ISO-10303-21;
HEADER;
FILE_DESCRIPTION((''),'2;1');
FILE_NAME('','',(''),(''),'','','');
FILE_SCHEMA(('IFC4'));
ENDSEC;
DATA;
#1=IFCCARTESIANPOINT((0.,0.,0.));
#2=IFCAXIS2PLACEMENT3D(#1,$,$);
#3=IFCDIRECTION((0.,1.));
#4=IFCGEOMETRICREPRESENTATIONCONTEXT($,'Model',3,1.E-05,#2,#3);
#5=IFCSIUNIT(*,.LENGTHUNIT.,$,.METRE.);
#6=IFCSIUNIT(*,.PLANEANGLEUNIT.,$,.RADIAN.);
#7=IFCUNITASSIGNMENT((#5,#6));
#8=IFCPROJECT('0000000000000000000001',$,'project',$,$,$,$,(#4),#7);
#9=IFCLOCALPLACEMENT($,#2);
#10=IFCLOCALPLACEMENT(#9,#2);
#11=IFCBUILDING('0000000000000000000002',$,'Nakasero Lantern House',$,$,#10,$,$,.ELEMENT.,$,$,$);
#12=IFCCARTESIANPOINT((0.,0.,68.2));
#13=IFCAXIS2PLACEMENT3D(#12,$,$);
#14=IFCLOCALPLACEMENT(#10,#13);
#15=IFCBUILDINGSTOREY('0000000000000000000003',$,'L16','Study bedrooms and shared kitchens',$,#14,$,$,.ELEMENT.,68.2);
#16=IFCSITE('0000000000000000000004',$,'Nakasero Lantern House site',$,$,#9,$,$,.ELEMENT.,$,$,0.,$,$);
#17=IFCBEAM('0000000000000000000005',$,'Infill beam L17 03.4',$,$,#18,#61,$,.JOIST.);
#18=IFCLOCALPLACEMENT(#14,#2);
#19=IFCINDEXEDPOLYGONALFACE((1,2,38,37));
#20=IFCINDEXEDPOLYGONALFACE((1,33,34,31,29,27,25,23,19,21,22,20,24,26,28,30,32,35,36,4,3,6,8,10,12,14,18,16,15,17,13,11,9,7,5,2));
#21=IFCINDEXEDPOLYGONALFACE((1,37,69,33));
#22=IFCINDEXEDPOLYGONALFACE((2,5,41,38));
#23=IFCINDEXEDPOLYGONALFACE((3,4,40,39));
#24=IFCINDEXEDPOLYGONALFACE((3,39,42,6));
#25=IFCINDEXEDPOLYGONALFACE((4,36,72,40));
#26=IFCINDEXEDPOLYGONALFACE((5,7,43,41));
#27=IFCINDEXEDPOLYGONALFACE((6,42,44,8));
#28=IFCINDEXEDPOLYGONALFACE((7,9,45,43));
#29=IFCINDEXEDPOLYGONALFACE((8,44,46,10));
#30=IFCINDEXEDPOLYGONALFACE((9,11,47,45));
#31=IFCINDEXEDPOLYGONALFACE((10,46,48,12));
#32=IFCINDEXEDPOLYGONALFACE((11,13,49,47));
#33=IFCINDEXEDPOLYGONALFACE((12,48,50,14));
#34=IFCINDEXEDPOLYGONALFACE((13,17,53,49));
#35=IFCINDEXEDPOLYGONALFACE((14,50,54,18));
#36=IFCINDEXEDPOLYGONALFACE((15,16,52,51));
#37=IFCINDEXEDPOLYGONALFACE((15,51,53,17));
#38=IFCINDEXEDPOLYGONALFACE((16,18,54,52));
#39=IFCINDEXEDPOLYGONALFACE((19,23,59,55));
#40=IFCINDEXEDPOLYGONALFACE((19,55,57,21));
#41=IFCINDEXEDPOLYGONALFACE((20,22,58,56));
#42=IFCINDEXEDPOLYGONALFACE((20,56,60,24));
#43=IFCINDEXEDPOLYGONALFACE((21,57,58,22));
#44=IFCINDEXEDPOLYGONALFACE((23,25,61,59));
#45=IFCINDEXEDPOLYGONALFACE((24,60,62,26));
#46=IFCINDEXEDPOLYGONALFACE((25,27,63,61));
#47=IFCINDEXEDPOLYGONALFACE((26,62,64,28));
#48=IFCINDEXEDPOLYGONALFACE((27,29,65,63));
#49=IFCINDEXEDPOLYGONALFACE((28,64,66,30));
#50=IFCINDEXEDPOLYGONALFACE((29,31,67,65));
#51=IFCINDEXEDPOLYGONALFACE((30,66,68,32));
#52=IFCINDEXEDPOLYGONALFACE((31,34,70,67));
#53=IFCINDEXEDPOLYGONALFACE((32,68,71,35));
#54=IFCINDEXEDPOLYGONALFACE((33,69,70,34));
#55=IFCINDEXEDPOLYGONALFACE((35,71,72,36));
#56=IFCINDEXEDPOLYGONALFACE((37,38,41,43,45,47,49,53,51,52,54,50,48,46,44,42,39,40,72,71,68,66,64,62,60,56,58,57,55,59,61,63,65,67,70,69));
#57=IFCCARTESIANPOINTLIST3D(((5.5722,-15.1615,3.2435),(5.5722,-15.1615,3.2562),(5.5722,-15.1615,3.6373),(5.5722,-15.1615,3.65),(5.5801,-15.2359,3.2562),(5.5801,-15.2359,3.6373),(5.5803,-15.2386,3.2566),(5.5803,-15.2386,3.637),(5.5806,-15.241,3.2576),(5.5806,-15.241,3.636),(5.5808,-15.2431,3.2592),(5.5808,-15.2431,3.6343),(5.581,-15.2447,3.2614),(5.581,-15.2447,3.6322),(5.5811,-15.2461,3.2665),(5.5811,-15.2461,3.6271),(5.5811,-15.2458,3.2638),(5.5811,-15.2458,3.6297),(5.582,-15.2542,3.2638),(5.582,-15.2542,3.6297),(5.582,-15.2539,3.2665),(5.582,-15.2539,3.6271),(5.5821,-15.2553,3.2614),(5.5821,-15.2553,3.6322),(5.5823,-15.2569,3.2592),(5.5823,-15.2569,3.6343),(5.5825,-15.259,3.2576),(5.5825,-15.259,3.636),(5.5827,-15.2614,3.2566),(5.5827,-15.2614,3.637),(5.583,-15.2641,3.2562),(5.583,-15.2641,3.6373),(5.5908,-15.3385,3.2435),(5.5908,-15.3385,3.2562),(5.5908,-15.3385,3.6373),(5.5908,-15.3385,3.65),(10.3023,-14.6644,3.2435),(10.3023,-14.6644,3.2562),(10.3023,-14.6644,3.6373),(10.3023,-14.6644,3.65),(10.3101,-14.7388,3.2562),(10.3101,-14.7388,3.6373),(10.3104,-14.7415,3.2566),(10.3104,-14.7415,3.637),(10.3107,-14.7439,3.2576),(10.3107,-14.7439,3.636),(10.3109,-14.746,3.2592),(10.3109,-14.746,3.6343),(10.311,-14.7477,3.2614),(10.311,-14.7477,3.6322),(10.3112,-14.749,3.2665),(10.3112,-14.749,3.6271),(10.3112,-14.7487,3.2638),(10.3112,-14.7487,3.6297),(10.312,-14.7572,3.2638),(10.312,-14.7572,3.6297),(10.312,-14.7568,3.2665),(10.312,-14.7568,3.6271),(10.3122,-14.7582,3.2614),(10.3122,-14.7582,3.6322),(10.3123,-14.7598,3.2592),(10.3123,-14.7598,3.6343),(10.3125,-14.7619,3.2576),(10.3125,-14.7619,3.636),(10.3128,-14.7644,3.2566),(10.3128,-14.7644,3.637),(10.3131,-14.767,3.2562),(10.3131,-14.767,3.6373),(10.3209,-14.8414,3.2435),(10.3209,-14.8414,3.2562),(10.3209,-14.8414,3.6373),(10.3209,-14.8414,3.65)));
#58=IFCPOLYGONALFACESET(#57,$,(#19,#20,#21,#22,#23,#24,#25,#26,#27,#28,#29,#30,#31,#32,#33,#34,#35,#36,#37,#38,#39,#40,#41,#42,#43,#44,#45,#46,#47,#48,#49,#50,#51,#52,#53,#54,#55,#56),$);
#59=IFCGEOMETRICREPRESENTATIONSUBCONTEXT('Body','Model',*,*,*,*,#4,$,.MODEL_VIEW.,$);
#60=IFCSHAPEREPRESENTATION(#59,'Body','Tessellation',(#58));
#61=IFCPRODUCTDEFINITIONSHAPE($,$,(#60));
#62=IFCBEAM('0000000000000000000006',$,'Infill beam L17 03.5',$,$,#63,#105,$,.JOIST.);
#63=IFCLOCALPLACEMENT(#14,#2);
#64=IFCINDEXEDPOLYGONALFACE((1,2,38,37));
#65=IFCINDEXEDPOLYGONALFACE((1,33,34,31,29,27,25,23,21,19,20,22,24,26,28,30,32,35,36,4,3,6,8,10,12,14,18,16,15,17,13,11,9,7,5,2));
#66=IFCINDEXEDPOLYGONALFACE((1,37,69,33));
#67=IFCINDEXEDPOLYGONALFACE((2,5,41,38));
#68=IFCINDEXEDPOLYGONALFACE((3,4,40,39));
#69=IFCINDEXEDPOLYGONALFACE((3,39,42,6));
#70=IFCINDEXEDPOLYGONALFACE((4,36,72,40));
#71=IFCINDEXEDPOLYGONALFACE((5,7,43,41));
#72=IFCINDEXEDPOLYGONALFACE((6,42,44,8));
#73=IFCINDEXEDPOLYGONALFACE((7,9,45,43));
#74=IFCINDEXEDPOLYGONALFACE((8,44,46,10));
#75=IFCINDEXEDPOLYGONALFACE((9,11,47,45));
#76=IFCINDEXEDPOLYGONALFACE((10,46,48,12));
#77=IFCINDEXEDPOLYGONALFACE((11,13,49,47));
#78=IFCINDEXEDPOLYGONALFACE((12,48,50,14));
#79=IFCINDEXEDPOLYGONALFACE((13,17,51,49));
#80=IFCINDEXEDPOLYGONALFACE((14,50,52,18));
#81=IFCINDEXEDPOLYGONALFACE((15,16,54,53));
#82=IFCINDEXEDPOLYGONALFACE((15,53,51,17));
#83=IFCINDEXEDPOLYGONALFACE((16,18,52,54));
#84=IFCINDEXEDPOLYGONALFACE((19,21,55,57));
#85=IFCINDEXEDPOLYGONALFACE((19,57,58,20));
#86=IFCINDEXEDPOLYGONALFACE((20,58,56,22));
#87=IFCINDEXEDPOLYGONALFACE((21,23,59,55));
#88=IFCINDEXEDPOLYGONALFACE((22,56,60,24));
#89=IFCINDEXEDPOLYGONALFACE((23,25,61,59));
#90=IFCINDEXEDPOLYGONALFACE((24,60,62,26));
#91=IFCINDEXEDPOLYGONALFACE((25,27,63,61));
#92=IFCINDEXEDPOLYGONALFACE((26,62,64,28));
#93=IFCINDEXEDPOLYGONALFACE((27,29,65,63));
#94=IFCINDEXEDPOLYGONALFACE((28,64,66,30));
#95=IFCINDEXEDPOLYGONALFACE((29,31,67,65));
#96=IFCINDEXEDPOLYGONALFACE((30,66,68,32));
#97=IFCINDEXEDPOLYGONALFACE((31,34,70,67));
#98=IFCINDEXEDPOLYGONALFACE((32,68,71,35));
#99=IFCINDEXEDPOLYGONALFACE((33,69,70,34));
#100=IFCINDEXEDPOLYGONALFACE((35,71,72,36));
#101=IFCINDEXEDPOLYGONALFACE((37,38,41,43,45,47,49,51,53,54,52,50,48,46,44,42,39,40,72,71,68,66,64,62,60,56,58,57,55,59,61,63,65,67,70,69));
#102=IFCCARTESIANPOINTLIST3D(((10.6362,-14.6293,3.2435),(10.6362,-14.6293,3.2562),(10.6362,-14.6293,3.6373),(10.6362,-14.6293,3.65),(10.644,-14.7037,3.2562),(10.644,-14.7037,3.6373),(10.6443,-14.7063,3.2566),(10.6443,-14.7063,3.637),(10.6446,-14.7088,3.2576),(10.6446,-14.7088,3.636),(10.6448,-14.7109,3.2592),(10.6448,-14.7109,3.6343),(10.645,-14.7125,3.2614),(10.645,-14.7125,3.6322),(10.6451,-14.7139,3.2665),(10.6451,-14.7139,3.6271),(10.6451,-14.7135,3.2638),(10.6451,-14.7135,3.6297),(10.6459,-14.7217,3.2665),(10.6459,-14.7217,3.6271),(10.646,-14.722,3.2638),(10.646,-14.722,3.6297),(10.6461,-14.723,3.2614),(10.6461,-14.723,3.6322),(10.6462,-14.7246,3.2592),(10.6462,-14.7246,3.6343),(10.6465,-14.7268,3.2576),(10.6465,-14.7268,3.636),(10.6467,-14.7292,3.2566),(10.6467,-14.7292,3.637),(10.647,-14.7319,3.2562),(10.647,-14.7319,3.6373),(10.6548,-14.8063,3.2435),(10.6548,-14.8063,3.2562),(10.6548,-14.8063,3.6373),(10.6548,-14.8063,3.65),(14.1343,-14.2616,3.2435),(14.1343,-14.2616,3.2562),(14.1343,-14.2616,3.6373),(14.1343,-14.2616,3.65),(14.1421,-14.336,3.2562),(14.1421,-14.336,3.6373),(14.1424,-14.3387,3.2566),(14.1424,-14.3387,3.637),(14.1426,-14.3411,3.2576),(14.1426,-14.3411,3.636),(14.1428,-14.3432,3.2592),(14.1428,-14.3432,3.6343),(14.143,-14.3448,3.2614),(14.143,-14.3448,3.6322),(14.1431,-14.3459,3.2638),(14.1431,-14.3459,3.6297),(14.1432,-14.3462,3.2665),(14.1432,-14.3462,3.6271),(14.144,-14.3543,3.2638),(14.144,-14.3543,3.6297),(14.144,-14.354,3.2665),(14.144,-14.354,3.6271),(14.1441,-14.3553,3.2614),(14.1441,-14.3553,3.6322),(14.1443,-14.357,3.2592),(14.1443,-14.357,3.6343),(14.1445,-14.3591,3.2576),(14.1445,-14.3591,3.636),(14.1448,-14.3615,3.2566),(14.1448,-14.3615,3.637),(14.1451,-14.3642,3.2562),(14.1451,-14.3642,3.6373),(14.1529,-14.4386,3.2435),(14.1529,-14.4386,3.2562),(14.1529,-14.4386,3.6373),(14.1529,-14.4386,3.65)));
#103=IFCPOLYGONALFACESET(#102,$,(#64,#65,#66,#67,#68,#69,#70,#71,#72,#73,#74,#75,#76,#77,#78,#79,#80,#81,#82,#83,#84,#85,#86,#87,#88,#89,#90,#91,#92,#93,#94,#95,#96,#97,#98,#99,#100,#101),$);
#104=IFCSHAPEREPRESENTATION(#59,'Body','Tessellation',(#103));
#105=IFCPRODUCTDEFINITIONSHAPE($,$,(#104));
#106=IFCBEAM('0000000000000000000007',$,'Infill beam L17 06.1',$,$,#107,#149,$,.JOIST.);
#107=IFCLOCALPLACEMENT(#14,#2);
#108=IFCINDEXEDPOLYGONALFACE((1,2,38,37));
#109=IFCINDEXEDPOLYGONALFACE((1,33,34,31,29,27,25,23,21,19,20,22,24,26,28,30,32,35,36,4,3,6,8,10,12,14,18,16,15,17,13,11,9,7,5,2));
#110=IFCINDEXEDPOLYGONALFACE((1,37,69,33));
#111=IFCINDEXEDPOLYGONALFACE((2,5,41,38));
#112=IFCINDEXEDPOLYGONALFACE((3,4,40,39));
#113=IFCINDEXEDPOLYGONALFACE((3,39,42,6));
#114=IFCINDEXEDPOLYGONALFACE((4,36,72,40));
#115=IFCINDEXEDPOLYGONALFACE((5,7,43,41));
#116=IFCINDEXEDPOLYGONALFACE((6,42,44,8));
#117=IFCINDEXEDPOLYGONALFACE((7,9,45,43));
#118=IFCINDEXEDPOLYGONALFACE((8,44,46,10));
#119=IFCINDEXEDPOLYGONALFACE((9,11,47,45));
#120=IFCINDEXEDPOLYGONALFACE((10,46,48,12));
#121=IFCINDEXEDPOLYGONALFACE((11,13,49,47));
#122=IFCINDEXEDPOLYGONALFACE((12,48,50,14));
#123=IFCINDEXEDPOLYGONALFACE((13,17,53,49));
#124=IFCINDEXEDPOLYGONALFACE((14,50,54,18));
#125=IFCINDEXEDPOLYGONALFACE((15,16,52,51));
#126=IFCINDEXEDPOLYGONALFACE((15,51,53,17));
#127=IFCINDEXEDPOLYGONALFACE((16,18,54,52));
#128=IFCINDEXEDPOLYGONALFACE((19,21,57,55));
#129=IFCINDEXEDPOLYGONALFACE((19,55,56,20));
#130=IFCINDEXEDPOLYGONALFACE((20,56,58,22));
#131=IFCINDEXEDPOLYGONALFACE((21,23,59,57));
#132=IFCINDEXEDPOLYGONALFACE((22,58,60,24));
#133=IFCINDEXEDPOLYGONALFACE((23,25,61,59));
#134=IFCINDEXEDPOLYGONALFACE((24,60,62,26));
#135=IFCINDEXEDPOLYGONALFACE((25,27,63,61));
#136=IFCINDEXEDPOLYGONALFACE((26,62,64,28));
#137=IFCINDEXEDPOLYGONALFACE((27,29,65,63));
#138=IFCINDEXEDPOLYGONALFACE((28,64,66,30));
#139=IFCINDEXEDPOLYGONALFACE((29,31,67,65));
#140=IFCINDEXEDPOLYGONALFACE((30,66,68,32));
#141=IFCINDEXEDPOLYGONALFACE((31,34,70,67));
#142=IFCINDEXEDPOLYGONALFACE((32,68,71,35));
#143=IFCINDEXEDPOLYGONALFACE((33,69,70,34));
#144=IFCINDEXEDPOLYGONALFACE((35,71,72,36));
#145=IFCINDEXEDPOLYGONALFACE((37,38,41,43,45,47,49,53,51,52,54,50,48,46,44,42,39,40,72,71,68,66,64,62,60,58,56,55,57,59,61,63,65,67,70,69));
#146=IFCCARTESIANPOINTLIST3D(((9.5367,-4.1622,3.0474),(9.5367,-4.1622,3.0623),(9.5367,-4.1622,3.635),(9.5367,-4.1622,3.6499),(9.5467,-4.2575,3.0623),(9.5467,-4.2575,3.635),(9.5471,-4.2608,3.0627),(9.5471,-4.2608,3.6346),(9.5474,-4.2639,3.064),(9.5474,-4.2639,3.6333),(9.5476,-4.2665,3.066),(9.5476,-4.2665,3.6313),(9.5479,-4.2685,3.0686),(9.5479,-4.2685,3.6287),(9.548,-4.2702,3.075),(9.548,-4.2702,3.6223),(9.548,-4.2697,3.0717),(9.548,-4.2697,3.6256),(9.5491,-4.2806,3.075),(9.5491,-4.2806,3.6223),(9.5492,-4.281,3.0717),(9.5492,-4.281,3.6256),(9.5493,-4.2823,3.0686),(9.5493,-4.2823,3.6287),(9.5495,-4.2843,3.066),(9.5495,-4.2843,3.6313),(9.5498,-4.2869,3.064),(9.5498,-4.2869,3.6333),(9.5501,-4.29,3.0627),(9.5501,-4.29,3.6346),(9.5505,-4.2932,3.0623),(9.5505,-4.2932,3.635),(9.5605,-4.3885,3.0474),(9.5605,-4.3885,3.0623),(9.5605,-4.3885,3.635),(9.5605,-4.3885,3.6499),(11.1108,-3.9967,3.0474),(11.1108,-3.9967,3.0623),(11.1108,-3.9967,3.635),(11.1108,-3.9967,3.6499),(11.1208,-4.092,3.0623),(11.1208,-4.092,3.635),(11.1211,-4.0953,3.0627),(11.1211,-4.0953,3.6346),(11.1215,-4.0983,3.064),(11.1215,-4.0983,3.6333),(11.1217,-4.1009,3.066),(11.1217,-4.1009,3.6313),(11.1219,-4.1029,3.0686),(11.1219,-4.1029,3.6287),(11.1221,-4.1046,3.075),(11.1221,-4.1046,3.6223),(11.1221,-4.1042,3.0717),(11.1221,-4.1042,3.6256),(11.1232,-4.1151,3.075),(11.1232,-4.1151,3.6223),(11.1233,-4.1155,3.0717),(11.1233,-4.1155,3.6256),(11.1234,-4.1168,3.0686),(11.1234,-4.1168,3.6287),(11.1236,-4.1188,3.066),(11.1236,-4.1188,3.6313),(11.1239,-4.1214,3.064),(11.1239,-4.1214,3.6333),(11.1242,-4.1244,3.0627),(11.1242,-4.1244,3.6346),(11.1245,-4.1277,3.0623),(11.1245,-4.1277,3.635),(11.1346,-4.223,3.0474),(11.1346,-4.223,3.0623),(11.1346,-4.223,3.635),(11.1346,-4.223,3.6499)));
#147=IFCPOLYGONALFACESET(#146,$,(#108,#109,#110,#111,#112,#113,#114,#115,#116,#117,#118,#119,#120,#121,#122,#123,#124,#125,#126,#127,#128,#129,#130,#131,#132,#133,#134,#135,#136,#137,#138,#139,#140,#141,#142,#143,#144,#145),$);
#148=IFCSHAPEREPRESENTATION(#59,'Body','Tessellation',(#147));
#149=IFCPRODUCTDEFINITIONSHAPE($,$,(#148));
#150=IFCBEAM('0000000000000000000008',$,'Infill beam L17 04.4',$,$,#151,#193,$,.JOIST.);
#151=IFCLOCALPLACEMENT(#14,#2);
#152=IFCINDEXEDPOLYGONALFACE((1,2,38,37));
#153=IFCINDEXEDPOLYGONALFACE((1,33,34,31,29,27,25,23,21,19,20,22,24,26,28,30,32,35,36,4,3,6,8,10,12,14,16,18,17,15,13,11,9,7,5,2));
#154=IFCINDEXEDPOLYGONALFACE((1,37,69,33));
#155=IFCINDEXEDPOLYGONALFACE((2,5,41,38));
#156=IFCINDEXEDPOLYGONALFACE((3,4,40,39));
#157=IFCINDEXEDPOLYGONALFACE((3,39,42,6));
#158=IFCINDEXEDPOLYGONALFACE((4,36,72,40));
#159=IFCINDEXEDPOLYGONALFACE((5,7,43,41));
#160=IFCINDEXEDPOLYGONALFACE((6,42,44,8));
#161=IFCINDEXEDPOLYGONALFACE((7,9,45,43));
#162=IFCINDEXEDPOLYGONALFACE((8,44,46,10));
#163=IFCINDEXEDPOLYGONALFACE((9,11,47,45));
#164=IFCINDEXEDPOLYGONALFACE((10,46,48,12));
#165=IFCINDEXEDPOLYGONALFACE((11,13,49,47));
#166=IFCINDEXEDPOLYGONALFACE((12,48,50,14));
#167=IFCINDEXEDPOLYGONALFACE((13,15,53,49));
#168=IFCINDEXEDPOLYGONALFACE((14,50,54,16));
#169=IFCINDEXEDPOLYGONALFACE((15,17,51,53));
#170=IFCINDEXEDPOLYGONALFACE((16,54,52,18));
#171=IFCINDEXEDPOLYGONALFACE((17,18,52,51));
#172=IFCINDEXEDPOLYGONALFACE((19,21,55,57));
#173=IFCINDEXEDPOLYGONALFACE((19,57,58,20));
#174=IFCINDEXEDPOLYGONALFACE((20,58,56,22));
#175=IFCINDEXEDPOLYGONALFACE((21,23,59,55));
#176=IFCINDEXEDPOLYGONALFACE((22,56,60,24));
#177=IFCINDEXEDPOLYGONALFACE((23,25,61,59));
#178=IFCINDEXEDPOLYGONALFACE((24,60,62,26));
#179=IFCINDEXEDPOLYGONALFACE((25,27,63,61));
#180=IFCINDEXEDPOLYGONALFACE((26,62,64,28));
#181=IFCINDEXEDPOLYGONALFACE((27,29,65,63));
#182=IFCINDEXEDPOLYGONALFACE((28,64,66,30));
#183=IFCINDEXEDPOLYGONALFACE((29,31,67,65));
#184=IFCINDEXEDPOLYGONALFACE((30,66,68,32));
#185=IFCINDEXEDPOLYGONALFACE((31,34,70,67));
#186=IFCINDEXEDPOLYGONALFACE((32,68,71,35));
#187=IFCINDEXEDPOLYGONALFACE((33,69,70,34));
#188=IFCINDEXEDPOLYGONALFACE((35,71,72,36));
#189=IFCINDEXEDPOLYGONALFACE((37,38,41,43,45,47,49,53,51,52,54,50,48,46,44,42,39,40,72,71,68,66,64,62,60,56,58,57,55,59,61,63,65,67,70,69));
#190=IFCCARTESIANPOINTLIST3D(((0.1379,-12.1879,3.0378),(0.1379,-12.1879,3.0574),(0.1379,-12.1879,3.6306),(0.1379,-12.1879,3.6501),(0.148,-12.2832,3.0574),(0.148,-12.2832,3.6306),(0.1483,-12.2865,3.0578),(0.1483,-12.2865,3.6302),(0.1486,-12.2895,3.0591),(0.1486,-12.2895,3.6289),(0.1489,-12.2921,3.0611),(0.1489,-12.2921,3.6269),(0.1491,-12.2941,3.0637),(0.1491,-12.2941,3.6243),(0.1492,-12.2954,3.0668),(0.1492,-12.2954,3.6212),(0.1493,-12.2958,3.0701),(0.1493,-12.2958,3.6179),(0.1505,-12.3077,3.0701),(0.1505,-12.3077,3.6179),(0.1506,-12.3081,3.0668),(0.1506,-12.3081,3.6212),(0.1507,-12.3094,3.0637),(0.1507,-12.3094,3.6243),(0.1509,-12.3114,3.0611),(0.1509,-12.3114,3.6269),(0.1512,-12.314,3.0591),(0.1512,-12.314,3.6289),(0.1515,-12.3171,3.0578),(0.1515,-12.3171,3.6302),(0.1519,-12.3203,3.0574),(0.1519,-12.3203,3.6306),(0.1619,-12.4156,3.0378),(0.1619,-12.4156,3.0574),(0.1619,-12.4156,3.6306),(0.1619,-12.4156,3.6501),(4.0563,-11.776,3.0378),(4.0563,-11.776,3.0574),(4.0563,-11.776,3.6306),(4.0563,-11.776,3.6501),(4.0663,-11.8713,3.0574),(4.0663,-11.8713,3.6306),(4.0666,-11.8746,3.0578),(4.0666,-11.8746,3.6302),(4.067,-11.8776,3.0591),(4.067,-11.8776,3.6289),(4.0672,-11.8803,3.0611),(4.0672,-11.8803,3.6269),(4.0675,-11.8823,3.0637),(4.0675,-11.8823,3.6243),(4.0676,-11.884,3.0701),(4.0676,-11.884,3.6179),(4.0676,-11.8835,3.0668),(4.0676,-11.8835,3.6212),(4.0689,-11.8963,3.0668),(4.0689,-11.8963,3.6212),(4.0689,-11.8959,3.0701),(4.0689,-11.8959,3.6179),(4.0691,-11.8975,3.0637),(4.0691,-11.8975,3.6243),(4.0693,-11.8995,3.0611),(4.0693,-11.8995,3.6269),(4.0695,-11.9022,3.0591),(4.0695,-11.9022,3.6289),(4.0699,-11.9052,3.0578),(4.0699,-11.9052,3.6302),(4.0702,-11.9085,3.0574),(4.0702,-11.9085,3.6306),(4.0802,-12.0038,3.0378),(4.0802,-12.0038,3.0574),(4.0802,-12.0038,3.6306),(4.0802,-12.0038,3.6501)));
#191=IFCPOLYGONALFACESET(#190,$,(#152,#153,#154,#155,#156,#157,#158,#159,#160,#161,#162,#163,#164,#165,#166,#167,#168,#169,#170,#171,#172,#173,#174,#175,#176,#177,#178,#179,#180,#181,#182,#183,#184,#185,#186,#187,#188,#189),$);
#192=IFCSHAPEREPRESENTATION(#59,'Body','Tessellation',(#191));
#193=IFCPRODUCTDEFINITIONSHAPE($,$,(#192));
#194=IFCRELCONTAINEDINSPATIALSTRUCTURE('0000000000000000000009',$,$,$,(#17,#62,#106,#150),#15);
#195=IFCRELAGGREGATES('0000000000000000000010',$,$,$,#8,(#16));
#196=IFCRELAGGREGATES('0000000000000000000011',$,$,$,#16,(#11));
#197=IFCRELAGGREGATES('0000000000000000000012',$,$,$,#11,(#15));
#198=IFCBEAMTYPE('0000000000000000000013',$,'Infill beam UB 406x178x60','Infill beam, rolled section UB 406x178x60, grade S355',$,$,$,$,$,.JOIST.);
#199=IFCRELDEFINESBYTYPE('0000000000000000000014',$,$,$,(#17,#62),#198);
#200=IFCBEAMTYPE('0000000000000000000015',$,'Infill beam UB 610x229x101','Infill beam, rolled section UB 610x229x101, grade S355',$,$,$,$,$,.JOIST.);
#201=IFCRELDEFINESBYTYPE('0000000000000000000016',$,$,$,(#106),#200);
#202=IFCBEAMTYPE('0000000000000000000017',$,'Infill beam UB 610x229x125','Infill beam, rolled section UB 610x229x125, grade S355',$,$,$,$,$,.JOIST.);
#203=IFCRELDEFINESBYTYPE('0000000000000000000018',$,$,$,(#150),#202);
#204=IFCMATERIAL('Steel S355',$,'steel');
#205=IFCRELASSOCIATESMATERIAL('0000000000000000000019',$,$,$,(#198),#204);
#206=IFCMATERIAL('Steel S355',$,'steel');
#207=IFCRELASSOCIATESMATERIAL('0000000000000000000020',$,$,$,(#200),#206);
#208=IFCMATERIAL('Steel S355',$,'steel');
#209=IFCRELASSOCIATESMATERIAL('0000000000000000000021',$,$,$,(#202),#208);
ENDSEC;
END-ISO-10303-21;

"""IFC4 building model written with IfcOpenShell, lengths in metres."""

from ifc_helpers import new_model, si_unit, direction, frame, origin, origin_2d, place, context, subcontext, project, spatial, i_section, extrude, material, material_profile, profile_set, type_object, element, save


model = new_model("IFC4")

# Units and contexts
model_context = context("Model", 3, precision=1e-05, world=origin(), true_north=direction((0.0, 1.0)))
body_context = subcontext(model_context, "Body", "Model", "MODEL_VIEW")
ifc_project = project(units=[si_unit("LENGTHUNIT", "METRE"), si_unit("PLANEANGLEUNIT", "RADIAN")], contexts=[model_context])

# Site, building, storey
site_placement = place(None, origin())
site = spatial("IfcSite", under=ifc_project, at=site_placement, Name="Nakasero Lantern House site", CompositionType="ELEMENT", RefElevation=0.0)
building_placement = place(site_placement, origin())
building = spatial("IfcBuilding", under=site, at=building_placement, Name="Nakasero Lantern House", CompositionType="ELEMENT")
storey_placement = place(building_placement, frame((0.0, 0.0, 68.2)))
storey = spatial("IfcBuildingStorey", under=building, at=storey_placement, Name="L16", Description="Study bedrooms and shared kitchens", CompositionType="ELEMENT", Elevation=68.2)

# Beams
ifc_material_1 = material(Name="Steel S355", Category="steel")
ifc_material_profile_1 = material_profile(ifc_material_1, i_section(OverallWidth=0.178, OverallDepth=0.4065, WebThickness=0.0078, FlangeThickness=0.0127, FilletRadius=0.0103, at=origin_2d()), Name="UB 406x178x60")
ifc_profile_set_1 = profile_set([ifc_material_profile_1], Name="Steel S355")
beam_type_1 = type_object("IfcBeamType", Name="Infill beam UB 406x178x60", Description="Infill beam, rolled section UB 406x178x60, grade S355", PredefinedType="JOIST", material=ifc_profile_set_1)
beam_1_placement = place(storey_placement, frame((5.5815, -15.25, 3.4468), z_axis=(0.994523, 0.104514, 0.0), x_axis=(-0.104514, 0.994523, 0.0)))
element("IfcBeam", 1, at=beam_1_placement, inside=storey, type_object=beam_type_1, Name="Infill beam L17 03.4", PredefinedType="JOIST", context=body_context, shape_type="SweptSolid", body=[
    extrude(i_section(OverallWidth=0.178, OverallDepth=0.4065, WebThickness=0.0078, FlangeThickness=0.0127, FilletRadius=0.0103, at=origin_2d()), origin(), (0.0, 0.0, 1.0), 4.7561),
])
beam_2_placement = place(storey_placement, frame((10.6455, -14.7178, 3.4468), z_axis=(0.994521, 0.104533, 0.0), x_axis=(-0.104533, 0.994521, 0.0)))
element("IfcBeam", 2, at=beam_2_placement, inside=storey, type_object=beam_type_1, Name="Infill beam L17 03.5", PredefinedType="JOIST", context=body_context, shape_type="SweptSolid", body=[
    extrude(i_section(OverallWidth=0.178, OverallDepth=0.4065, WebThickness=0.0078, FlangeThickness=0.0127, FilletRadius=0.0103, at=origin_2d()), origin(), (0.0, 0.0, 1.0), 3.5173),
])
ifc_material_2 = material(Name="Steel S355", Category="steel")
ifc_material_profile_2 = material_profile(ifc_material_2, i_section(OverallWidth=0.2275, OverallDepth=0.6025, WebThickness=0.0105, FlangeThickness=0.0149, FilletRadius=0.0127, at=origin_2d()), Name="UB 610x229x101")
ifc_profile_set_2 = profile_set([ifc_material_profile_2], Name="Steel S355")
beam_type_2 = type_object("IfcBeamType", Name="Infill beam UB 610x229x101", Description="Infill beam, rolled section UB 610x229x101, grade S355", PredefinedType="JOIST", material=ifc_profile_set_2)
beam_3_placement = place(storey_placement, frame((9.5486, -4.2754, 3.3486), z_axis=(0.994516, 0.104588, 0.0), x_axis=(-0.104588, 0.994516, 0.0)))
element("IfcBeam", 3, at=beam_3_placement, inside=storey, type_object=beam_type_2, Name="Infill beam L17 06.1", PredefinedType="JOIST", context=body_context, shape_type="SweptSolid", body=[
    extrude(i_section(OverallWidth=0.2275, OverallDepth=0.6025, WebThickness=0.0105, FlangeThickness=0.0149, FilletRadius=0.0127, at=origin_2d()), origin(), (0.0, 0.0, 1.0), 1.5828),
])
ifc_material_3 = material(Name="Steel S355", Category="steel")
ifc_material_profile_3 = material_profile(ifc_material_3, i_section(OverallWidth=0.229, OverallDepth=0.6123, WebThickness=0.012, FlangeThickness=0.0195, FilletRadius=0.0127, at=origin_2d()), Name="UB 610x229x125")
ifc_profile_set_3 = profile_set([ifc_material_profile_3], Name="Steel S355")
beam_type_3 = type_object("IfcBeamType", Name="Infill beam UB 610x229x125", Description="Infill beam, rolled section UB 610x229x125, grade S355", PredefinedType="JOIST", material=ifc_profile_set_3)
beam_4_placement = place(storey_placement, frame((0.1499, -12.3018, 3.344), z_axis=(0.994521, 0.104533, 0.0), x_axis=(-0.104533, 0.994521, 0.0)))
element("IfcBeam", 4, at=beam_4_placement, inside=storey, type_object=beam_type_3, Name="Infill beam L17 04.4", PredefinedType="JOIST", context=body_context, shape_type="SweptSolid", body=[
    extrude(i_section(OverallWidth=0.229, OverallDepth=0.6123, WebThickness=0.012, FlangeThickness=0.0195, FilletRadius=0.0127, at=origin_2d()), origin(), (0.0, 0.0, 1.0), 3.9399),
])

save(model, "model.ifc")
